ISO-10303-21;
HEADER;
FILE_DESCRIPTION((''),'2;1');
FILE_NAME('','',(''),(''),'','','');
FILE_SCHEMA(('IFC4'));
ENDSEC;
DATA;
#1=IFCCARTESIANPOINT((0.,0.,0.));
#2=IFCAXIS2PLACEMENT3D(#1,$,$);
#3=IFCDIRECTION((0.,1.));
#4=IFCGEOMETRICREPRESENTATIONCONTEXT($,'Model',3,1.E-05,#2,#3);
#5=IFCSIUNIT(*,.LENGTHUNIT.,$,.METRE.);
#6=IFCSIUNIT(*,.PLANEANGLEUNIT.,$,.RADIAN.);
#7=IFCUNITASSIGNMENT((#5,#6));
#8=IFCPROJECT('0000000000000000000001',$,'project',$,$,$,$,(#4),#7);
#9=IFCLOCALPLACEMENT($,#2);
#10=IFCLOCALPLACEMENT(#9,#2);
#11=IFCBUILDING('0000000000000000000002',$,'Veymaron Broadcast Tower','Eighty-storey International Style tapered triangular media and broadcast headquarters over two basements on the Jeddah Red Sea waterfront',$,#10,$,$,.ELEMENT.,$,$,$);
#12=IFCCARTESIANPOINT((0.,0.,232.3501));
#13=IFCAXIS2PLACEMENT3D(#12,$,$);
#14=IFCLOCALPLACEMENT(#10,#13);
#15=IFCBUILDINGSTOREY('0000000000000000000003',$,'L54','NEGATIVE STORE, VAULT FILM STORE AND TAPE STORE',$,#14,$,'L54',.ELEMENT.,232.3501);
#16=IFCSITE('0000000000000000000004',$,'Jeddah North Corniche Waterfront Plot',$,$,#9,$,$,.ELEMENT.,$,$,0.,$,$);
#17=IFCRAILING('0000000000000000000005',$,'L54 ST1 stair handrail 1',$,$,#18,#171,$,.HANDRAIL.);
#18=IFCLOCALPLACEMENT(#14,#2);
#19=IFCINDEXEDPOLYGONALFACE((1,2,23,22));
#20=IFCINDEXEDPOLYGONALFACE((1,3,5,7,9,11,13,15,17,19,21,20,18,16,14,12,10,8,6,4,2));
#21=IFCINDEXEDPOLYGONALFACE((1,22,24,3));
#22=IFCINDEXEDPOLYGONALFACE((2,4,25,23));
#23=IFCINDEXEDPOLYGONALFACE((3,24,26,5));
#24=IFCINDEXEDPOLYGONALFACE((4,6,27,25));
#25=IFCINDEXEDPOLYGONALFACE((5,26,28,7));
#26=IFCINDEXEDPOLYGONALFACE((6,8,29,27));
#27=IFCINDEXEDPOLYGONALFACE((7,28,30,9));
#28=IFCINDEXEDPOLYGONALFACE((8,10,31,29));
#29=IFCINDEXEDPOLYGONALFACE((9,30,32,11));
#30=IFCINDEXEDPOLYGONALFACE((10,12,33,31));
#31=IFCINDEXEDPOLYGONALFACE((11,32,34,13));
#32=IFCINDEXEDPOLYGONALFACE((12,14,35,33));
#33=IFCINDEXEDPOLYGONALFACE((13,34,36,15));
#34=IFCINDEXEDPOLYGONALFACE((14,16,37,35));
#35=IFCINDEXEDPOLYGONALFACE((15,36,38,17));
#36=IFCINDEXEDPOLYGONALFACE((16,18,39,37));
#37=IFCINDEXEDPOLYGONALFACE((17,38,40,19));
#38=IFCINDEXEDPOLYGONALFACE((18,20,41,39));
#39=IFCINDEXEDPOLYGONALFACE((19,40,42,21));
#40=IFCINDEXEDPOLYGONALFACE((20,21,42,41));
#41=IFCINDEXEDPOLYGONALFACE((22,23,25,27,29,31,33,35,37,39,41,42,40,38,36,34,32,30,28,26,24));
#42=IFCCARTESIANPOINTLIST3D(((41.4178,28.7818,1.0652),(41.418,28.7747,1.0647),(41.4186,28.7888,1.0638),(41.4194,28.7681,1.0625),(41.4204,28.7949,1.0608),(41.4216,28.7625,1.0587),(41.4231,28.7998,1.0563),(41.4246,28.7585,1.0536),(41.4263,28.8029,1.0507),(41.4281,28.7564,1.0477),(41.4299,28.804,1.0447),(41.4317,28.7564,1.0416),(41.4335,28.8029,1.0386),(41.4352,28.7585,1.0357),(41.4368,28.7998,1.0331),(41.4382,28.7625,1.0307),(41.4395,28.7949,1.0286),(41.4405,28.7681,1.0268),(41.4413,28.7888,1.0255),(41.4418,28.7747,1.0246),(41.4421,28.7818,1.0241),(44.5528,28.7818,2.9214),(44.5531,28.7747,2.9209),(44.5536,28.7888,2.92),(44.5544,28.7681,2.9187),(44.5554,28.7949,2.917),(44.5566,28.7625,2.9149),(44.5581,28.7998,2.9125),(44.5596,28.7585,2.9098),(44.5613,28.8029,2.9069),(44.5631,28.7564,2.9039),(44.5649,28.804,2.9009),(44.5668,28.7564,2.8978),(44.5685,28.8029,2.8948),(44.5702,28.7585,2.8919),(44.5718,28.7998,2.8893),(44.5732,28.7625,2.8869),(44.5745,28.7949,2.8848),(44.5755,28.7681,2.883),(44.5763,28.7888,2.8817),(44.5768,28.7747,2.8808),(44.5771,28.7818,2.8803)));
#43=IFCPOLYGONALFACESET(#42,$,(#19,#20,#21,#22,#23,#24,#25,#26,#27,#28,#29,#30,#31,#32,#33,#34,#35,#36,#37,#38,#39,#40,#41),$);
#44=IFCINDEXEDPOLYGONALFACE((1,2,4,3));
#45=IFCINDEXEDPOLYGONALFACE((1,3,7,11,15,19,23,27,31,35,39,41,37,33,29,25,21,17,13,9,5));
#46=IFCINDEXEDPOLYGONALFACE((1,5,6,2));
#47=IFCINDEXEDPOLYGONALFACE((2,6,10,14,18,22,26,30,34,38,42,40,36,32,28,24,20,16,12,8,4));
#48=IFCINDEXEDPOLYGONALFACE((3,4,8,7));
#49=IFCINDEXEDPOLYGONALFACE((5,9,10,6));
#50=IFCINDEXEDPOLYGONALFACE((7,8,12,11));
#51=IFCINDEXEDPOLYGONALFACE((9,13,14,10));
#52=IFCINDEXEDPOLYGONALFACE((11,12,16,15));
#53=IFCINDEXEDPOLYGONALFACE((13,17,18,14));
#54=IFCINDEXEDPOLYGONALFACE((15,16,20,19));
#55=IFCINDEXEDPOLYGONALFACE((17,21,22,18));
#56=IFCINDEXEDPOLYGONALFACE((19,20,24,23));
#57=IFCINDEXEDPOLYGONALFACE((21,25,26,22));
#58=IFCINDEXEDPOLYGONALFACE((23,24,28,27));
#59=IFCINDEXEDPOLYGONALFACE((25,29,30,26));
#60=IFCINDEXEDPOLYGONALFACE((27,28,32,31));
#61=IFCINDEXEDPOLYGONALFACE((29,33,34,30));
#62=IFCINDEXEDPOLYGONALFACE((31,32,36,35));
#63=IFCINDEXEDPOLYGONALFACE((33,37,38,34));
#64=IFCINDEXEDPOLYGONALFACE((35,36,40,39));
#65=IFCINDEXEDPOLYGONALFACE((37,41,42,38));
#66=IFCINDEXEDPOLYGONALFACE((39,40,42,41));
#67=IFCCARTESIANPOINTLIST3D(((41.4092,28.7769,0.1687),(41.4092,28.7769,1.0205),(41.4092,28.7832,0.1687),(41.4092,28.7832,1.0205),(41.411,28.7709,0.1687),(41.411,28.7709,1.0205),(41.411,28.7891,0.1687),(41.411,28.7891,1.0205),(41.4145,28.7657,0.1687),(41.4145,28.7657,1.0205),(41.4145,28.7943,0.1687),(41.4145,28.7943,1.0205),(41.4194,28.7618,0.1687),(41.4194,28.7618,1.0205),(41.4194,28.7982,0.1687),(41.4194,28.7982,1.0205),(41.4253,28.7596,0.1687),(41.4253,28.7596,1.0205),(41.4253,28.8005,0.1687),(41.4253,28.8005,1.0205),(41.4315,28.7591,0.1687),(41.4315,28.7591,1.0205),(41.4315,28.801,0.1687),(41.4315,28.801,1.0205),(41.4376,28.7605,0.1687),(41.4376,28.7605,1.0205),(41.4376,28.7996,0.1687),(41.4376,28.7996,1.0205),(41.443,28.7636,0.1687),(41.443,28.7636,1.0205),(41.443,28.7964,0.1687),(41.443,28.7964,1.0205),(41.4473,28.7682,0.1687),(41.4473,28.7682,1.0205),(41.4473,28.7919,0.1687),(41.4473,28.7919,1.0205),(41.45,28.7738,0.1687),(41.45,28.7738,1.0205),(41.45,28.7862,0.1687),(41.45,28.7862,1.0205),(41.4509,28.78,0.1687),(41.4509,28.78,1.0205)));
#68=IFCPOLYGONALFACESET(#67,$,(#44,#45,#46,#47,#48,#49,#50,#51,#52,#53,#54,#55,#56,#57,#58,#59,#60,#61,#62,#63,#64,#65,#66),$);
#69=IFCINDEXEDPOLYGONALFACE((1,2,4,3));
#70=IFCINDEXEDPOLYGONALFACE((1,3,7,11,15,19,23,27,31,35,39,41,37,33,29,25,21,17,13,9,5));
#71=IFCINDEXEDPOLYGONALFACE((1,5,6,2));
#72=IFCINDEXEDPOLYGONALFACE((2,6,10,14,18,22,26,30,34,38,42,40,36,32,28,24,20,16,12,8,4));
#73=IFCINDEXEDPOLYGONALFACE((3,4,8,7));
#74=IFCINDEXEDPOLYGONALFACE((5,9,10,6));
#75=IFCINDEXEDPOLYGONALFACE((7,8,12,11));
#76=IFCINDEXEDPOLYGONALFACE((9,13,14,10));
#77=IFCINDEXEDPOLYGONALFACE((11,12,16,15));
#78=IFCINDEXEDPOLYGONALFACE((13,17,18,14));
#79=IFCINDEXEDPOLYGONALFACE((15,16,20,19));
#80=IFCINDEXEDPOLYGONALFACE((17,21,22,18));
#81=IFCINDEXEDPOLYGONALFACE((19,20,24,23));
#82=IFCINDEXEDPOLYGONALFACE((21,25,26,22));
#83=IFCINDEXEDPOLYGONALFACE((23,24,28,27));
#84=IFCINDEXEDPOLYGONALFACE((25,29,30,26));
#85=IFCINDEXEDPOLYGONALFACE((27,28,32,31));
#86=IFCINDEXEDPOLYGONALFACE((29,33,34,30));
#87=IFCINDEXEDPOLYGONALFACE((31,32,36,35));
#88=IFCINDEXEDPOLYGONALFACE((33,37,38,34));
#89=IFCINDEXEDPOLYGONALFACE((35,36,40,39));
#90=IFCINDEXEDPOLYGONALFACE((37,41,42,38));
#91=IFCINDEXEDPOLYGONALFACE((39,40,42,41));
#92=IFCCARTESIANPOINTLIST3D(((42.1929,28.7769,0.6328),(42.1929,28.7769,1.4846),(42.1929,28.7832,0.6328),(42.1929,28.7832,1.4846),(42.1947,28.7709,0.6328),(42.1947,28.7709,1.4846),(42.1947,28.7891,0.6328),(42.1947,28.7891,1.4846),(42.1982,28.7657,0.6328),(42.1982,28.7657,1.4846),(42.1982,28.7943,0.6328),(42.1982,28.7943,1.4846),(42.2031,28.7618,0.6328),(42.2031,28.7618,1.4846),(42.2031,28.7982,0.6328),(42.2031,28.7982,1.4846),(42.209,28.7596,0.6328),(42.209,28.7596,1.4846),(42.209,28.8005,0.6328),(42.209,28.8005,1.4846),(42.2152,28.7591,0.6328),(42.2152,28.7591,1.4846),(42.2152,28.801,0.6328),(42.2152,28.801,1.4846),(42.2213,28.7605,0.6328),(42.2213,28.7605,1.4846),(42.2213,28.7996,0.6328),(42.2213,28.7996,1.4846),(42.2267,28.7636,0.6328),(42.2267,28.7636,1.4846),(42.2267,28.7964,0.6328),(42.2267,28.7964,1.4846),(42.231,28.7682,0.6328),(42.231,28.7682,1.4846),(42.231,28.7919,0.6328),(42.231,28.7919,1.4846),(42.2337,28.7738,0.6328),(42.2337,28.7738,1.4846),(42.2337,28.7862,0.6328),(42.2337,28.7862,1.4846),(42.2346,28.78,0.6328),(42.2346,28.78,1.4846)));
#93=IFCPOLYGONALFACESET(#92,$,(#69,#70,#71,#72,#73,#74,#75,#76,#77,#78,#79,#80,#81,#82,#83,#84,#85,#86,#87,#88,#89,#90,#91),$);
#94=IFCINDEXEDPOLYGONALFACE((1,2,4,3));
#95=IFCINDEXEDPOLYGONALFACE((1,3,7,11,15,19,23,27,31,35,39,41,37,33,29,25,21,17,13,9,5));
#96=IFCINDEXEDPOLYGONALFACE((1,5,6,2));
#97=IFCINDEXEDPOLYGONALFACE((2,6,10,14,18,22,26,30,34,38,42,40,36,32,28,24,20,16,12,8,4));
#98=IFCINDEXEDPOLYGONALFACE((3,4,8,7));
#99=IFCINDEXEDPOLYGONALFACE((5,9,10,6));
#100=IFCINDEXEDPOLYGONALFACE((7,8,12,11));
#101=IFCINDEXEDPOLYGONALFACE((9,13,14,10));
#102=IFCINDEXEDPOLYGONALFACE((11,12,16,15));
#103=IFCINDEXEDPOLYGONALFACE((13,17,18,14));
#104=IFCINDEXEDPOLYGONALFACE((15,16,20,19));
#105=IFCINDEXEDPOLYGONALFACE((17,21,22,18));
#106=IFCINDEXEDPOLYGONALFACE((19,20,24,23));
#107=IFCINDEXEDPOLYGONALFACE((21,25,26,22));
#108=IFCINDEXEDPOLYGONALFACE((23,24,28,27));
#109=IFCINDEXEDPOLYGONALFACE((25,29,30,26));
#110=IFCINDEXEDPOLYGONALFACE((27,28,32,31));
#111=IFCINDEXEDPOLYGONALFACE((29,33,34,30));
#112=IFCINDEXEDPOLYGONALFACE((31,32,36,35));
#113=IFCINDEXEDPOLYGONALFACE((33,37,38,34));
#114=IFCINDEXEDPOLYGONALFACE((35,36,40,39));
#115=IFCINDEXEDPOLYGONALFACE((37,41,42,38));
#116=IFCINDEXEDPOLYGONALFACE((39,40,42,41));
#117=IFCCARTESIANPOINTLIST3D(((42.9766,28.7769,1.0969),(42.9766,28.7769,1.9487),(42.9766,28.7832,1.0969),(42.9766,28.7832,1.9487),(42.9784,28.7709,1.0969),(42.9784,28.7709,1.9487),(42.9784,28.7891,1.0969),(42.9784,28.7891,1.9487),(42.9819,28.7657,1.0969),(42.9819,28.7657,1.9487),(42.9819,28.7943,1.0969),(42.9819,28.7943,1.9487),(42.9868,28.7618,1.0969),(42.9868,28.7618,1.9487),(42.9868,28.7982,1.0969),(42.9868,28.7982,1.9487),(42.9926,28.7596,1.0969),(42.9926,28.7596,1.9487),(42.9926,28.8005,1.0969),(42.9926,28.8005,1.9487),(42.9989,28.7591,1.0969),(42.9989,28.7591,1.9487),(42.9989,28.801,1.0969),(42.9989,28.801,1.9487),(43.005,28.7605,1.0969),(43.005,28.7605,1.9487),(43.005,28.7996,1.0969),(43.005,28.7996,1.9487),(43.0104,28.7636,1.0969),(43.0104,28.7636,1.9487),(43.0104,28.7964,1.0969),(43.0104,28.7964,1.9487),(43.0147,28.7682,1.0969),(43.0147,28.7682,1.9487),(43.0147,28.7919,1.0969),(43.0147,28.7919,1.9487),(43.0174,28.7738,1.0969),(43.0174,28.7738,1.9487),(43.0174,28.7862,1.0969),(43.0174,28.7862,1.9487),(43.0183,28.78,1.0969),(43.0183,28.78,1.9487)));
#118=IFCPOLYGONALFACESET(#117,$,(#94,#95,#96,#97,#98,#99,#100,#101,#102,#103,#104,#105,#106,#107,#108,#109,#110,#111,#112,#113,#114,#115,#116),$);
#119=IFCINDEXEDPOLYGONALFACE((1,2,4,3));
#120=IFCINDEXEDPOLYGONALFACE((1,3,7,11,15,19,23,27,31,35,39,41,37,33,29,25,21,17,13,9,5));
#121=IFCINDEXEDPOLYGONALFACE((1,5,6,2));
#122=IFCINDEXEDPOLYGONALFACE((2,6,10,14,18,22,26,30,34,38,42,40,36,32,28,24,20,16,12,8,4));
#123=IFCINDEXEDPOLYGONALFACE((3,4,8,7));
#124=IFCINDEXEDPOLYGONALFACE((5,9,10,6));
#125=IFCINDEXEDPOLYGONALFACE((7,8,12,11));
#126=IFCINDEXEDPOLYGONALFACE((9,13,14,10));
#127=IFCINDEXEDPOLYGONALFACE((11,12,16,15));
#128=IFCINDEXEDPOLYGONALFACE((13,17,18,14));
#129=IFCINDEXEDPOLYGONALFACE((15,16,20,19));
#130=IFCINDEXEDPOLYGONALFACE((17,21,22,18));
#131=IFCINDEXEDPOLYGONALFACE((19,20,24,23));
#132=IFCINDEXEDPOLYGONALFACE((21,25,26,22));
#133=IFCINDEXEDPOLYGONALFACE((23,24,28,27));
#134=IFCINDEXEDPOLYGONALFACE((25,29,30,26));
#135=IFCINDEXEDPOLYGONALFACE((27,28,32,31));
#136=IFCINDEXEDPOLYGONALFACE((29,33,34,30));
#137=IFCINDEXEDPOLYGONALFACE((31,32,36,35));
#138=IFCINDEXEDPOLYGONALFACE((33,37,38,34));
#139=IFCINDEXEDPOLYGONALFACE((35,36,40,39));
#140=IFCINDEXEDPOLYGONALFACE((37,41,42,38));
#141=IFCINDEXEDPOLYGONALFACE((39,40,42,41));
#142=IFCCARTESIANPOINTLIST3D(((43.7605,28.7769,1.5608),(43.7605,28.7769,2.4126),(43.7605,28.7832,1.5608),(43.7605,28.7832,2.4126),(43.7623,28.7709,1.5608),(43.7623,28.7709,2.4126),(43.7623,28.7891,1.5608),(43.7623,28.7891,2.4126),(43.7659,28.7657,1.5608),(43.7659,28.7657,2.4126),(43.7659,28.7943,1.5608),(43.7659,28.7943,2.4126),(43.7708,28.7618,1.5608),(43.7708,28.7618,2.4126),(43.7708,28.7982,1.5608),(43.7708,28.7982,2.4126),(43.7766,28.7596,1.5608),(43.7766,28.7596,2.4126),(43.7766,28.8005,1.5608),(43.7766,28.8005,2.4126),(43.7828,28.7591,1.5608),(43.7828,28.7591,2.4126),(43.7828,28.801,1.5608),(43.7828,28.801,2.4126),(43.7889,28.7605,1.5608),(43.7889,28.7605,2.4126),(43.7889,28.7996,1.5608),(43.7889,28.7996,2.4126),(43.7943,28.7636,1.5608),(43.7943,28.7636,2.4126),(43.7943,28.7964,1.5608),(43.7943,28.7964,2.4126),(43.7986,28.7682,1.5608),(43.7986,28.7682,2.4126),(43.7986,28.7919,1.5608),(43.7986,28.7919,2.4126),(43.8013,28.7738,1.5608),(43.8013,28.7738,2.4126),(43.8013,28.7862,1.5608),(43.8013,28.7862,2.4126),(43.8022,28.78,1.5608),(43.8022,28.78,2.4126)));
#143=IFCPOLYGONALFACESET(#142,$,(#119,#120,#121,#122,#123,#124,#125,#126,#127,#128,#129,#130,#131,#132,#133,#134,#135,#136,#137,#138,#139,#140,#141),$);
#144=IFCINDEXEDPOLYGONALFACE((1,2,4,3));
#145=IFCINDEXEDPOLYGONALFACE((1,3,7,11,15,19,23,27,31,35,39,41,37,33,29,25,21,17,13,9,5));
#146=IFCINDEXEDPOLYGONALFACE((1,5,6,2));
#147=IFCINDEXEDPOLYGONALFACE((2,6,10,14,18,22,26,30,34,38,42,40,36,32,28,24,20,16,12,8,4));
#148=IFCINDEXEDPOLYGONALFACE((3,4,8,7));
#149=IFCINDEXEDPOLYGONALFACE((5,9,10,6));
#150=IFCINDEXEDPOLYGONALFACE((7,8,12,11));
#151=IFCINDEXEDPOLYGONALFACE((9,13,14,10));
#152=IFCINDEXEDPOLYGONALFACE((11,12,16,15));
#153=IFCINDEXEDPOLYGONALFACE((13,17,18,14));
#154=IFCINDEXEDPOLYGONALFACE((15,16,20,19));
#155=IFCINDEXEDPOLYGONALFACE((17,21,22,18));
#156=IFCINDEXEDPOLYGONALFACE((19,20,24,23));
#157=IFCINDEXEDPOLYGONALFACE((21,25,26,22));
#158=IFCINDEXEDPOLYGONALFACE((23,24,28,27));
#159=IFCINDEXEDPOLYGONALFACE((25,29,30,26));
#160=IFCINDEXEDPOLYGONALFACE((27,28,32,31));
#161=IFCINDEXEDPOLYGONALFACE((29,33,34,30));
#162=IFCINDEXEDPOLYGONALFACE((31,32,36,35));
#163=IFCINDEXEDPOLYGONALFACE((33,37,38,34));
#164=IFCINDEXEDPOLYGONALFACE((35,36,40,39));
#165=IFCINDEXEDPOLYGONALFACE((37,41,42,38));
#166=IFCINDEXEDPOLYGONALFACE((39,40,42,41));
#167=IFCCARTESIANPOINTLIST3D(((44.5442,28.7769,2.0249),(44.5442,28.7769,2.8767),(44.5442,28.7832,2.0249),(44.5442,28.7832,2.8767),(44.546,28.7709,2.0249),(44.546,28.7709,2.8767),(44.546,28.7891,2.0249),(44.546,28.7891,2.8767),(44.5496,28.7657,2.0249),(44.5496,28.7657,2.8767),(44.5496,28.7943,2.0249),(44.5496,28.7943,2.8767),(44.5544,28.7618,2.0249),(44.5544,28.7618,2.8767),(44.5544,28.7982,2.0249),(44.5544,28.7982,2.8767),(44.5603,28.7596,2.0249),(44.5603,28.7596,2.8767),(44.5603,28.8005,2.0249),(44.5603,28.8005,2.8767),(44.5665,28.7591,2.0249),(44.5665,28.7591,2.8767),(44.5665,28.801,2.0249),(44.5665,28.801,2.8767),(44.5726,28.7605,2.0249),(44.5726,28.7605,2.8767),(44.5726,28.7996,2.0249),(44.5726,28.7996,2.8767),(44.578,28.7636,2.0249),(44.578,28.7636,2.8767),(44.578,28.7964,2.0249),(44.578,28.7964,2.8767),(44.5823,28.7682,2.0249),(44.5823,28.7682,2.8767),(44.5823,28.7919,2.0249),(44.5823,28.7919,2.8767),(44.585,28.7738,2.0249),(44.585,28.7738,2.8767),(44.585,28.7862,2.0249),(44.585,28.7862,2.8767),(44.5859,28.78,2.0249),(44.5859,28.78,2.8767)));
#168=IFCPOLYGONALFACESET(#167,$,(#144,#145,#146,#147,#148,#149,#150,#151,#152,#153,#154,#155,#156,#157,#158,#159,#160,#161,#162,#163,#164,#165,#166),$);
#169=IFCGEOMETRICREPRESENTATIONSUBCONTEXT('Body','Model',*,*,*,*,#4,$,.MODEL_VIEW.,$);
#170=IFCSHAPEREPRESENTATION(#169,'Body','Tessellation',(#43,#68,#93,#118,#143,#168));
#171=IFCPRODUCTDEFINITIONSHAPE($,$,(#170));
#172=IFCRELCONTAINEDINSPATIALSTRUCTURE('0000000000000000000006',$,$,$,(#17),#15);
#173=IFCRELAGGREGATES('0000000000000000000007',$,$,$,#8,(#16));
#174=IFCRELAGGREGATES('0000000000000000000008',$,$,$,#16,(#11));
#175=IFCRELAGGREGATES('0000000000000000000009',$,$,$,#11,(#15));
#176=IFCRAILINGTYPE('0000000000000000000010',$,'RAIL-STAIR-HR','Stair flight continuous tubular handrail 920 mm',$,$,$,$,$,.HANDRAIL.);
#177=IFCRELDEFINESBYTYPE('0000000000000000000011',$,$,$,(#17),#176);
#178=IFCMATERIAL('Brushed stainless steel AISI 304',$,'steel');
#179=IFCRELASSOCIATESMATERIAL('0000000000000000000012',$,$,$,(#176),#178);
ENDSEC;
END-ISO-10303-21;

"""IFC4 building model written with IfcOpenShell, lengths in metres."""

from ifc_helpers import new_model, si_unit, direction, frame, origin, origin_2d, place, context, subcontext, project, spatial, circle, extrude, material, type_object, element, save


model = new_model("IFC4")

# Units and contexts
model_context = context("Model", 3, precision=1e-05, world=origin(), true_north=direction((0.0, 1.0)))
body_context = subcontext(model_context, "Body", "Model", "MODEL_VIEW")
ifc_project = project(units=[si_unit("LENGTHUNIT", "METRE"), si_unit("PLANEANGLEUNIT", "RADIAN")], contexts=[model_context])

# Site, building, storey
site_placement = place(None, origin())
site = spatial("IfcSite", under=ifc_project, at=site_placement, Name="Jeddah North Corniche Waterfront Plot", CompositionType="ELEMENT", RefElevation=0.0)
building_placement = place(site_placement, origin())
building = spatial("IfcBuilding", under=site, at=building_placement, Name="Veymaron Broadcast Tower", Description="Eighty-storey International Style tapered triangular media and broadcast headquarters over two basements on the Jeddah Red Sea waterfront", CompositionType="ELEMENT")
storey_placement = place(building_placement, frame((0.0, 0.0, 232.3501)))
storey = spatial("IfcBuildingStorey", under=building, at=storey_placement, Name="L54", Description="NEGATIVE STORE, VAULT FILM STORE AND TAPE STORE", LongName="L54", CompositionType="ELEMENT", Elevation=232.3501)

# Shared definitions
ifc_material_1 = material(Name="Brushed stainless steel AISI 304", Category="steel")

# Railing
railing_type_1 = type_object("IfcRailingType", Name="RAIL-STAIR-HR", Description="Stair flight continuous tubular handrail 920 mm", PredefinedType="HANDRAIL", material=ifc_material_1)
railing_1_placement = place(storey_placement, frame((41.4299, 28.78, 0.1687)))
element("IfcRailing", 1, at=railing_1_placement, inside=storey, type_object=railing_type_1, Name="L54 ST1 stair handrail 1", PredefinedType="HANDRAIL", context=body_context, shape_type="SweptSolid", body=[
    extrude(circle(Radius=0.0239, at=origin_2d()), frame((0.0, 0.0, 0.876), z_axis=(0.860482, 0.0, 0.509481), x_axis=(0.0, 1.0, 0.0)), (0.0, 0.0, 1.0), 3.6433),
    extrude(circle(Radius=0.021, at=origin_2d()), origin(), (0.0, 0.0, 1.0), 0.8518),
    extrude(circle(Radius=0.021, at=origin_2d()), frame((0.7837, 0.0, 0.4641)), (0.0, 0.0, 1.0), 0.8518),
    extrude(circle(Radius=0.021, at=origin_2d()), frame((1.5674, 0.0, 0.9282)), (0.0, 0.0, 1.0), 0.8518),
    extrude(circle(Radius=0.021, at=origin_2d()), frame((2.3513, 0.0, 1.3921)), (0.0, 0.0, 1.0), 0.8518),
    extrude(circle(Radius=0.021, at=origin_2d()), frame((3.135, 0.0, 1.8562)), (0.0, 0.0, 1.0), 0.8518),
])

save(model, "model.ifc")
